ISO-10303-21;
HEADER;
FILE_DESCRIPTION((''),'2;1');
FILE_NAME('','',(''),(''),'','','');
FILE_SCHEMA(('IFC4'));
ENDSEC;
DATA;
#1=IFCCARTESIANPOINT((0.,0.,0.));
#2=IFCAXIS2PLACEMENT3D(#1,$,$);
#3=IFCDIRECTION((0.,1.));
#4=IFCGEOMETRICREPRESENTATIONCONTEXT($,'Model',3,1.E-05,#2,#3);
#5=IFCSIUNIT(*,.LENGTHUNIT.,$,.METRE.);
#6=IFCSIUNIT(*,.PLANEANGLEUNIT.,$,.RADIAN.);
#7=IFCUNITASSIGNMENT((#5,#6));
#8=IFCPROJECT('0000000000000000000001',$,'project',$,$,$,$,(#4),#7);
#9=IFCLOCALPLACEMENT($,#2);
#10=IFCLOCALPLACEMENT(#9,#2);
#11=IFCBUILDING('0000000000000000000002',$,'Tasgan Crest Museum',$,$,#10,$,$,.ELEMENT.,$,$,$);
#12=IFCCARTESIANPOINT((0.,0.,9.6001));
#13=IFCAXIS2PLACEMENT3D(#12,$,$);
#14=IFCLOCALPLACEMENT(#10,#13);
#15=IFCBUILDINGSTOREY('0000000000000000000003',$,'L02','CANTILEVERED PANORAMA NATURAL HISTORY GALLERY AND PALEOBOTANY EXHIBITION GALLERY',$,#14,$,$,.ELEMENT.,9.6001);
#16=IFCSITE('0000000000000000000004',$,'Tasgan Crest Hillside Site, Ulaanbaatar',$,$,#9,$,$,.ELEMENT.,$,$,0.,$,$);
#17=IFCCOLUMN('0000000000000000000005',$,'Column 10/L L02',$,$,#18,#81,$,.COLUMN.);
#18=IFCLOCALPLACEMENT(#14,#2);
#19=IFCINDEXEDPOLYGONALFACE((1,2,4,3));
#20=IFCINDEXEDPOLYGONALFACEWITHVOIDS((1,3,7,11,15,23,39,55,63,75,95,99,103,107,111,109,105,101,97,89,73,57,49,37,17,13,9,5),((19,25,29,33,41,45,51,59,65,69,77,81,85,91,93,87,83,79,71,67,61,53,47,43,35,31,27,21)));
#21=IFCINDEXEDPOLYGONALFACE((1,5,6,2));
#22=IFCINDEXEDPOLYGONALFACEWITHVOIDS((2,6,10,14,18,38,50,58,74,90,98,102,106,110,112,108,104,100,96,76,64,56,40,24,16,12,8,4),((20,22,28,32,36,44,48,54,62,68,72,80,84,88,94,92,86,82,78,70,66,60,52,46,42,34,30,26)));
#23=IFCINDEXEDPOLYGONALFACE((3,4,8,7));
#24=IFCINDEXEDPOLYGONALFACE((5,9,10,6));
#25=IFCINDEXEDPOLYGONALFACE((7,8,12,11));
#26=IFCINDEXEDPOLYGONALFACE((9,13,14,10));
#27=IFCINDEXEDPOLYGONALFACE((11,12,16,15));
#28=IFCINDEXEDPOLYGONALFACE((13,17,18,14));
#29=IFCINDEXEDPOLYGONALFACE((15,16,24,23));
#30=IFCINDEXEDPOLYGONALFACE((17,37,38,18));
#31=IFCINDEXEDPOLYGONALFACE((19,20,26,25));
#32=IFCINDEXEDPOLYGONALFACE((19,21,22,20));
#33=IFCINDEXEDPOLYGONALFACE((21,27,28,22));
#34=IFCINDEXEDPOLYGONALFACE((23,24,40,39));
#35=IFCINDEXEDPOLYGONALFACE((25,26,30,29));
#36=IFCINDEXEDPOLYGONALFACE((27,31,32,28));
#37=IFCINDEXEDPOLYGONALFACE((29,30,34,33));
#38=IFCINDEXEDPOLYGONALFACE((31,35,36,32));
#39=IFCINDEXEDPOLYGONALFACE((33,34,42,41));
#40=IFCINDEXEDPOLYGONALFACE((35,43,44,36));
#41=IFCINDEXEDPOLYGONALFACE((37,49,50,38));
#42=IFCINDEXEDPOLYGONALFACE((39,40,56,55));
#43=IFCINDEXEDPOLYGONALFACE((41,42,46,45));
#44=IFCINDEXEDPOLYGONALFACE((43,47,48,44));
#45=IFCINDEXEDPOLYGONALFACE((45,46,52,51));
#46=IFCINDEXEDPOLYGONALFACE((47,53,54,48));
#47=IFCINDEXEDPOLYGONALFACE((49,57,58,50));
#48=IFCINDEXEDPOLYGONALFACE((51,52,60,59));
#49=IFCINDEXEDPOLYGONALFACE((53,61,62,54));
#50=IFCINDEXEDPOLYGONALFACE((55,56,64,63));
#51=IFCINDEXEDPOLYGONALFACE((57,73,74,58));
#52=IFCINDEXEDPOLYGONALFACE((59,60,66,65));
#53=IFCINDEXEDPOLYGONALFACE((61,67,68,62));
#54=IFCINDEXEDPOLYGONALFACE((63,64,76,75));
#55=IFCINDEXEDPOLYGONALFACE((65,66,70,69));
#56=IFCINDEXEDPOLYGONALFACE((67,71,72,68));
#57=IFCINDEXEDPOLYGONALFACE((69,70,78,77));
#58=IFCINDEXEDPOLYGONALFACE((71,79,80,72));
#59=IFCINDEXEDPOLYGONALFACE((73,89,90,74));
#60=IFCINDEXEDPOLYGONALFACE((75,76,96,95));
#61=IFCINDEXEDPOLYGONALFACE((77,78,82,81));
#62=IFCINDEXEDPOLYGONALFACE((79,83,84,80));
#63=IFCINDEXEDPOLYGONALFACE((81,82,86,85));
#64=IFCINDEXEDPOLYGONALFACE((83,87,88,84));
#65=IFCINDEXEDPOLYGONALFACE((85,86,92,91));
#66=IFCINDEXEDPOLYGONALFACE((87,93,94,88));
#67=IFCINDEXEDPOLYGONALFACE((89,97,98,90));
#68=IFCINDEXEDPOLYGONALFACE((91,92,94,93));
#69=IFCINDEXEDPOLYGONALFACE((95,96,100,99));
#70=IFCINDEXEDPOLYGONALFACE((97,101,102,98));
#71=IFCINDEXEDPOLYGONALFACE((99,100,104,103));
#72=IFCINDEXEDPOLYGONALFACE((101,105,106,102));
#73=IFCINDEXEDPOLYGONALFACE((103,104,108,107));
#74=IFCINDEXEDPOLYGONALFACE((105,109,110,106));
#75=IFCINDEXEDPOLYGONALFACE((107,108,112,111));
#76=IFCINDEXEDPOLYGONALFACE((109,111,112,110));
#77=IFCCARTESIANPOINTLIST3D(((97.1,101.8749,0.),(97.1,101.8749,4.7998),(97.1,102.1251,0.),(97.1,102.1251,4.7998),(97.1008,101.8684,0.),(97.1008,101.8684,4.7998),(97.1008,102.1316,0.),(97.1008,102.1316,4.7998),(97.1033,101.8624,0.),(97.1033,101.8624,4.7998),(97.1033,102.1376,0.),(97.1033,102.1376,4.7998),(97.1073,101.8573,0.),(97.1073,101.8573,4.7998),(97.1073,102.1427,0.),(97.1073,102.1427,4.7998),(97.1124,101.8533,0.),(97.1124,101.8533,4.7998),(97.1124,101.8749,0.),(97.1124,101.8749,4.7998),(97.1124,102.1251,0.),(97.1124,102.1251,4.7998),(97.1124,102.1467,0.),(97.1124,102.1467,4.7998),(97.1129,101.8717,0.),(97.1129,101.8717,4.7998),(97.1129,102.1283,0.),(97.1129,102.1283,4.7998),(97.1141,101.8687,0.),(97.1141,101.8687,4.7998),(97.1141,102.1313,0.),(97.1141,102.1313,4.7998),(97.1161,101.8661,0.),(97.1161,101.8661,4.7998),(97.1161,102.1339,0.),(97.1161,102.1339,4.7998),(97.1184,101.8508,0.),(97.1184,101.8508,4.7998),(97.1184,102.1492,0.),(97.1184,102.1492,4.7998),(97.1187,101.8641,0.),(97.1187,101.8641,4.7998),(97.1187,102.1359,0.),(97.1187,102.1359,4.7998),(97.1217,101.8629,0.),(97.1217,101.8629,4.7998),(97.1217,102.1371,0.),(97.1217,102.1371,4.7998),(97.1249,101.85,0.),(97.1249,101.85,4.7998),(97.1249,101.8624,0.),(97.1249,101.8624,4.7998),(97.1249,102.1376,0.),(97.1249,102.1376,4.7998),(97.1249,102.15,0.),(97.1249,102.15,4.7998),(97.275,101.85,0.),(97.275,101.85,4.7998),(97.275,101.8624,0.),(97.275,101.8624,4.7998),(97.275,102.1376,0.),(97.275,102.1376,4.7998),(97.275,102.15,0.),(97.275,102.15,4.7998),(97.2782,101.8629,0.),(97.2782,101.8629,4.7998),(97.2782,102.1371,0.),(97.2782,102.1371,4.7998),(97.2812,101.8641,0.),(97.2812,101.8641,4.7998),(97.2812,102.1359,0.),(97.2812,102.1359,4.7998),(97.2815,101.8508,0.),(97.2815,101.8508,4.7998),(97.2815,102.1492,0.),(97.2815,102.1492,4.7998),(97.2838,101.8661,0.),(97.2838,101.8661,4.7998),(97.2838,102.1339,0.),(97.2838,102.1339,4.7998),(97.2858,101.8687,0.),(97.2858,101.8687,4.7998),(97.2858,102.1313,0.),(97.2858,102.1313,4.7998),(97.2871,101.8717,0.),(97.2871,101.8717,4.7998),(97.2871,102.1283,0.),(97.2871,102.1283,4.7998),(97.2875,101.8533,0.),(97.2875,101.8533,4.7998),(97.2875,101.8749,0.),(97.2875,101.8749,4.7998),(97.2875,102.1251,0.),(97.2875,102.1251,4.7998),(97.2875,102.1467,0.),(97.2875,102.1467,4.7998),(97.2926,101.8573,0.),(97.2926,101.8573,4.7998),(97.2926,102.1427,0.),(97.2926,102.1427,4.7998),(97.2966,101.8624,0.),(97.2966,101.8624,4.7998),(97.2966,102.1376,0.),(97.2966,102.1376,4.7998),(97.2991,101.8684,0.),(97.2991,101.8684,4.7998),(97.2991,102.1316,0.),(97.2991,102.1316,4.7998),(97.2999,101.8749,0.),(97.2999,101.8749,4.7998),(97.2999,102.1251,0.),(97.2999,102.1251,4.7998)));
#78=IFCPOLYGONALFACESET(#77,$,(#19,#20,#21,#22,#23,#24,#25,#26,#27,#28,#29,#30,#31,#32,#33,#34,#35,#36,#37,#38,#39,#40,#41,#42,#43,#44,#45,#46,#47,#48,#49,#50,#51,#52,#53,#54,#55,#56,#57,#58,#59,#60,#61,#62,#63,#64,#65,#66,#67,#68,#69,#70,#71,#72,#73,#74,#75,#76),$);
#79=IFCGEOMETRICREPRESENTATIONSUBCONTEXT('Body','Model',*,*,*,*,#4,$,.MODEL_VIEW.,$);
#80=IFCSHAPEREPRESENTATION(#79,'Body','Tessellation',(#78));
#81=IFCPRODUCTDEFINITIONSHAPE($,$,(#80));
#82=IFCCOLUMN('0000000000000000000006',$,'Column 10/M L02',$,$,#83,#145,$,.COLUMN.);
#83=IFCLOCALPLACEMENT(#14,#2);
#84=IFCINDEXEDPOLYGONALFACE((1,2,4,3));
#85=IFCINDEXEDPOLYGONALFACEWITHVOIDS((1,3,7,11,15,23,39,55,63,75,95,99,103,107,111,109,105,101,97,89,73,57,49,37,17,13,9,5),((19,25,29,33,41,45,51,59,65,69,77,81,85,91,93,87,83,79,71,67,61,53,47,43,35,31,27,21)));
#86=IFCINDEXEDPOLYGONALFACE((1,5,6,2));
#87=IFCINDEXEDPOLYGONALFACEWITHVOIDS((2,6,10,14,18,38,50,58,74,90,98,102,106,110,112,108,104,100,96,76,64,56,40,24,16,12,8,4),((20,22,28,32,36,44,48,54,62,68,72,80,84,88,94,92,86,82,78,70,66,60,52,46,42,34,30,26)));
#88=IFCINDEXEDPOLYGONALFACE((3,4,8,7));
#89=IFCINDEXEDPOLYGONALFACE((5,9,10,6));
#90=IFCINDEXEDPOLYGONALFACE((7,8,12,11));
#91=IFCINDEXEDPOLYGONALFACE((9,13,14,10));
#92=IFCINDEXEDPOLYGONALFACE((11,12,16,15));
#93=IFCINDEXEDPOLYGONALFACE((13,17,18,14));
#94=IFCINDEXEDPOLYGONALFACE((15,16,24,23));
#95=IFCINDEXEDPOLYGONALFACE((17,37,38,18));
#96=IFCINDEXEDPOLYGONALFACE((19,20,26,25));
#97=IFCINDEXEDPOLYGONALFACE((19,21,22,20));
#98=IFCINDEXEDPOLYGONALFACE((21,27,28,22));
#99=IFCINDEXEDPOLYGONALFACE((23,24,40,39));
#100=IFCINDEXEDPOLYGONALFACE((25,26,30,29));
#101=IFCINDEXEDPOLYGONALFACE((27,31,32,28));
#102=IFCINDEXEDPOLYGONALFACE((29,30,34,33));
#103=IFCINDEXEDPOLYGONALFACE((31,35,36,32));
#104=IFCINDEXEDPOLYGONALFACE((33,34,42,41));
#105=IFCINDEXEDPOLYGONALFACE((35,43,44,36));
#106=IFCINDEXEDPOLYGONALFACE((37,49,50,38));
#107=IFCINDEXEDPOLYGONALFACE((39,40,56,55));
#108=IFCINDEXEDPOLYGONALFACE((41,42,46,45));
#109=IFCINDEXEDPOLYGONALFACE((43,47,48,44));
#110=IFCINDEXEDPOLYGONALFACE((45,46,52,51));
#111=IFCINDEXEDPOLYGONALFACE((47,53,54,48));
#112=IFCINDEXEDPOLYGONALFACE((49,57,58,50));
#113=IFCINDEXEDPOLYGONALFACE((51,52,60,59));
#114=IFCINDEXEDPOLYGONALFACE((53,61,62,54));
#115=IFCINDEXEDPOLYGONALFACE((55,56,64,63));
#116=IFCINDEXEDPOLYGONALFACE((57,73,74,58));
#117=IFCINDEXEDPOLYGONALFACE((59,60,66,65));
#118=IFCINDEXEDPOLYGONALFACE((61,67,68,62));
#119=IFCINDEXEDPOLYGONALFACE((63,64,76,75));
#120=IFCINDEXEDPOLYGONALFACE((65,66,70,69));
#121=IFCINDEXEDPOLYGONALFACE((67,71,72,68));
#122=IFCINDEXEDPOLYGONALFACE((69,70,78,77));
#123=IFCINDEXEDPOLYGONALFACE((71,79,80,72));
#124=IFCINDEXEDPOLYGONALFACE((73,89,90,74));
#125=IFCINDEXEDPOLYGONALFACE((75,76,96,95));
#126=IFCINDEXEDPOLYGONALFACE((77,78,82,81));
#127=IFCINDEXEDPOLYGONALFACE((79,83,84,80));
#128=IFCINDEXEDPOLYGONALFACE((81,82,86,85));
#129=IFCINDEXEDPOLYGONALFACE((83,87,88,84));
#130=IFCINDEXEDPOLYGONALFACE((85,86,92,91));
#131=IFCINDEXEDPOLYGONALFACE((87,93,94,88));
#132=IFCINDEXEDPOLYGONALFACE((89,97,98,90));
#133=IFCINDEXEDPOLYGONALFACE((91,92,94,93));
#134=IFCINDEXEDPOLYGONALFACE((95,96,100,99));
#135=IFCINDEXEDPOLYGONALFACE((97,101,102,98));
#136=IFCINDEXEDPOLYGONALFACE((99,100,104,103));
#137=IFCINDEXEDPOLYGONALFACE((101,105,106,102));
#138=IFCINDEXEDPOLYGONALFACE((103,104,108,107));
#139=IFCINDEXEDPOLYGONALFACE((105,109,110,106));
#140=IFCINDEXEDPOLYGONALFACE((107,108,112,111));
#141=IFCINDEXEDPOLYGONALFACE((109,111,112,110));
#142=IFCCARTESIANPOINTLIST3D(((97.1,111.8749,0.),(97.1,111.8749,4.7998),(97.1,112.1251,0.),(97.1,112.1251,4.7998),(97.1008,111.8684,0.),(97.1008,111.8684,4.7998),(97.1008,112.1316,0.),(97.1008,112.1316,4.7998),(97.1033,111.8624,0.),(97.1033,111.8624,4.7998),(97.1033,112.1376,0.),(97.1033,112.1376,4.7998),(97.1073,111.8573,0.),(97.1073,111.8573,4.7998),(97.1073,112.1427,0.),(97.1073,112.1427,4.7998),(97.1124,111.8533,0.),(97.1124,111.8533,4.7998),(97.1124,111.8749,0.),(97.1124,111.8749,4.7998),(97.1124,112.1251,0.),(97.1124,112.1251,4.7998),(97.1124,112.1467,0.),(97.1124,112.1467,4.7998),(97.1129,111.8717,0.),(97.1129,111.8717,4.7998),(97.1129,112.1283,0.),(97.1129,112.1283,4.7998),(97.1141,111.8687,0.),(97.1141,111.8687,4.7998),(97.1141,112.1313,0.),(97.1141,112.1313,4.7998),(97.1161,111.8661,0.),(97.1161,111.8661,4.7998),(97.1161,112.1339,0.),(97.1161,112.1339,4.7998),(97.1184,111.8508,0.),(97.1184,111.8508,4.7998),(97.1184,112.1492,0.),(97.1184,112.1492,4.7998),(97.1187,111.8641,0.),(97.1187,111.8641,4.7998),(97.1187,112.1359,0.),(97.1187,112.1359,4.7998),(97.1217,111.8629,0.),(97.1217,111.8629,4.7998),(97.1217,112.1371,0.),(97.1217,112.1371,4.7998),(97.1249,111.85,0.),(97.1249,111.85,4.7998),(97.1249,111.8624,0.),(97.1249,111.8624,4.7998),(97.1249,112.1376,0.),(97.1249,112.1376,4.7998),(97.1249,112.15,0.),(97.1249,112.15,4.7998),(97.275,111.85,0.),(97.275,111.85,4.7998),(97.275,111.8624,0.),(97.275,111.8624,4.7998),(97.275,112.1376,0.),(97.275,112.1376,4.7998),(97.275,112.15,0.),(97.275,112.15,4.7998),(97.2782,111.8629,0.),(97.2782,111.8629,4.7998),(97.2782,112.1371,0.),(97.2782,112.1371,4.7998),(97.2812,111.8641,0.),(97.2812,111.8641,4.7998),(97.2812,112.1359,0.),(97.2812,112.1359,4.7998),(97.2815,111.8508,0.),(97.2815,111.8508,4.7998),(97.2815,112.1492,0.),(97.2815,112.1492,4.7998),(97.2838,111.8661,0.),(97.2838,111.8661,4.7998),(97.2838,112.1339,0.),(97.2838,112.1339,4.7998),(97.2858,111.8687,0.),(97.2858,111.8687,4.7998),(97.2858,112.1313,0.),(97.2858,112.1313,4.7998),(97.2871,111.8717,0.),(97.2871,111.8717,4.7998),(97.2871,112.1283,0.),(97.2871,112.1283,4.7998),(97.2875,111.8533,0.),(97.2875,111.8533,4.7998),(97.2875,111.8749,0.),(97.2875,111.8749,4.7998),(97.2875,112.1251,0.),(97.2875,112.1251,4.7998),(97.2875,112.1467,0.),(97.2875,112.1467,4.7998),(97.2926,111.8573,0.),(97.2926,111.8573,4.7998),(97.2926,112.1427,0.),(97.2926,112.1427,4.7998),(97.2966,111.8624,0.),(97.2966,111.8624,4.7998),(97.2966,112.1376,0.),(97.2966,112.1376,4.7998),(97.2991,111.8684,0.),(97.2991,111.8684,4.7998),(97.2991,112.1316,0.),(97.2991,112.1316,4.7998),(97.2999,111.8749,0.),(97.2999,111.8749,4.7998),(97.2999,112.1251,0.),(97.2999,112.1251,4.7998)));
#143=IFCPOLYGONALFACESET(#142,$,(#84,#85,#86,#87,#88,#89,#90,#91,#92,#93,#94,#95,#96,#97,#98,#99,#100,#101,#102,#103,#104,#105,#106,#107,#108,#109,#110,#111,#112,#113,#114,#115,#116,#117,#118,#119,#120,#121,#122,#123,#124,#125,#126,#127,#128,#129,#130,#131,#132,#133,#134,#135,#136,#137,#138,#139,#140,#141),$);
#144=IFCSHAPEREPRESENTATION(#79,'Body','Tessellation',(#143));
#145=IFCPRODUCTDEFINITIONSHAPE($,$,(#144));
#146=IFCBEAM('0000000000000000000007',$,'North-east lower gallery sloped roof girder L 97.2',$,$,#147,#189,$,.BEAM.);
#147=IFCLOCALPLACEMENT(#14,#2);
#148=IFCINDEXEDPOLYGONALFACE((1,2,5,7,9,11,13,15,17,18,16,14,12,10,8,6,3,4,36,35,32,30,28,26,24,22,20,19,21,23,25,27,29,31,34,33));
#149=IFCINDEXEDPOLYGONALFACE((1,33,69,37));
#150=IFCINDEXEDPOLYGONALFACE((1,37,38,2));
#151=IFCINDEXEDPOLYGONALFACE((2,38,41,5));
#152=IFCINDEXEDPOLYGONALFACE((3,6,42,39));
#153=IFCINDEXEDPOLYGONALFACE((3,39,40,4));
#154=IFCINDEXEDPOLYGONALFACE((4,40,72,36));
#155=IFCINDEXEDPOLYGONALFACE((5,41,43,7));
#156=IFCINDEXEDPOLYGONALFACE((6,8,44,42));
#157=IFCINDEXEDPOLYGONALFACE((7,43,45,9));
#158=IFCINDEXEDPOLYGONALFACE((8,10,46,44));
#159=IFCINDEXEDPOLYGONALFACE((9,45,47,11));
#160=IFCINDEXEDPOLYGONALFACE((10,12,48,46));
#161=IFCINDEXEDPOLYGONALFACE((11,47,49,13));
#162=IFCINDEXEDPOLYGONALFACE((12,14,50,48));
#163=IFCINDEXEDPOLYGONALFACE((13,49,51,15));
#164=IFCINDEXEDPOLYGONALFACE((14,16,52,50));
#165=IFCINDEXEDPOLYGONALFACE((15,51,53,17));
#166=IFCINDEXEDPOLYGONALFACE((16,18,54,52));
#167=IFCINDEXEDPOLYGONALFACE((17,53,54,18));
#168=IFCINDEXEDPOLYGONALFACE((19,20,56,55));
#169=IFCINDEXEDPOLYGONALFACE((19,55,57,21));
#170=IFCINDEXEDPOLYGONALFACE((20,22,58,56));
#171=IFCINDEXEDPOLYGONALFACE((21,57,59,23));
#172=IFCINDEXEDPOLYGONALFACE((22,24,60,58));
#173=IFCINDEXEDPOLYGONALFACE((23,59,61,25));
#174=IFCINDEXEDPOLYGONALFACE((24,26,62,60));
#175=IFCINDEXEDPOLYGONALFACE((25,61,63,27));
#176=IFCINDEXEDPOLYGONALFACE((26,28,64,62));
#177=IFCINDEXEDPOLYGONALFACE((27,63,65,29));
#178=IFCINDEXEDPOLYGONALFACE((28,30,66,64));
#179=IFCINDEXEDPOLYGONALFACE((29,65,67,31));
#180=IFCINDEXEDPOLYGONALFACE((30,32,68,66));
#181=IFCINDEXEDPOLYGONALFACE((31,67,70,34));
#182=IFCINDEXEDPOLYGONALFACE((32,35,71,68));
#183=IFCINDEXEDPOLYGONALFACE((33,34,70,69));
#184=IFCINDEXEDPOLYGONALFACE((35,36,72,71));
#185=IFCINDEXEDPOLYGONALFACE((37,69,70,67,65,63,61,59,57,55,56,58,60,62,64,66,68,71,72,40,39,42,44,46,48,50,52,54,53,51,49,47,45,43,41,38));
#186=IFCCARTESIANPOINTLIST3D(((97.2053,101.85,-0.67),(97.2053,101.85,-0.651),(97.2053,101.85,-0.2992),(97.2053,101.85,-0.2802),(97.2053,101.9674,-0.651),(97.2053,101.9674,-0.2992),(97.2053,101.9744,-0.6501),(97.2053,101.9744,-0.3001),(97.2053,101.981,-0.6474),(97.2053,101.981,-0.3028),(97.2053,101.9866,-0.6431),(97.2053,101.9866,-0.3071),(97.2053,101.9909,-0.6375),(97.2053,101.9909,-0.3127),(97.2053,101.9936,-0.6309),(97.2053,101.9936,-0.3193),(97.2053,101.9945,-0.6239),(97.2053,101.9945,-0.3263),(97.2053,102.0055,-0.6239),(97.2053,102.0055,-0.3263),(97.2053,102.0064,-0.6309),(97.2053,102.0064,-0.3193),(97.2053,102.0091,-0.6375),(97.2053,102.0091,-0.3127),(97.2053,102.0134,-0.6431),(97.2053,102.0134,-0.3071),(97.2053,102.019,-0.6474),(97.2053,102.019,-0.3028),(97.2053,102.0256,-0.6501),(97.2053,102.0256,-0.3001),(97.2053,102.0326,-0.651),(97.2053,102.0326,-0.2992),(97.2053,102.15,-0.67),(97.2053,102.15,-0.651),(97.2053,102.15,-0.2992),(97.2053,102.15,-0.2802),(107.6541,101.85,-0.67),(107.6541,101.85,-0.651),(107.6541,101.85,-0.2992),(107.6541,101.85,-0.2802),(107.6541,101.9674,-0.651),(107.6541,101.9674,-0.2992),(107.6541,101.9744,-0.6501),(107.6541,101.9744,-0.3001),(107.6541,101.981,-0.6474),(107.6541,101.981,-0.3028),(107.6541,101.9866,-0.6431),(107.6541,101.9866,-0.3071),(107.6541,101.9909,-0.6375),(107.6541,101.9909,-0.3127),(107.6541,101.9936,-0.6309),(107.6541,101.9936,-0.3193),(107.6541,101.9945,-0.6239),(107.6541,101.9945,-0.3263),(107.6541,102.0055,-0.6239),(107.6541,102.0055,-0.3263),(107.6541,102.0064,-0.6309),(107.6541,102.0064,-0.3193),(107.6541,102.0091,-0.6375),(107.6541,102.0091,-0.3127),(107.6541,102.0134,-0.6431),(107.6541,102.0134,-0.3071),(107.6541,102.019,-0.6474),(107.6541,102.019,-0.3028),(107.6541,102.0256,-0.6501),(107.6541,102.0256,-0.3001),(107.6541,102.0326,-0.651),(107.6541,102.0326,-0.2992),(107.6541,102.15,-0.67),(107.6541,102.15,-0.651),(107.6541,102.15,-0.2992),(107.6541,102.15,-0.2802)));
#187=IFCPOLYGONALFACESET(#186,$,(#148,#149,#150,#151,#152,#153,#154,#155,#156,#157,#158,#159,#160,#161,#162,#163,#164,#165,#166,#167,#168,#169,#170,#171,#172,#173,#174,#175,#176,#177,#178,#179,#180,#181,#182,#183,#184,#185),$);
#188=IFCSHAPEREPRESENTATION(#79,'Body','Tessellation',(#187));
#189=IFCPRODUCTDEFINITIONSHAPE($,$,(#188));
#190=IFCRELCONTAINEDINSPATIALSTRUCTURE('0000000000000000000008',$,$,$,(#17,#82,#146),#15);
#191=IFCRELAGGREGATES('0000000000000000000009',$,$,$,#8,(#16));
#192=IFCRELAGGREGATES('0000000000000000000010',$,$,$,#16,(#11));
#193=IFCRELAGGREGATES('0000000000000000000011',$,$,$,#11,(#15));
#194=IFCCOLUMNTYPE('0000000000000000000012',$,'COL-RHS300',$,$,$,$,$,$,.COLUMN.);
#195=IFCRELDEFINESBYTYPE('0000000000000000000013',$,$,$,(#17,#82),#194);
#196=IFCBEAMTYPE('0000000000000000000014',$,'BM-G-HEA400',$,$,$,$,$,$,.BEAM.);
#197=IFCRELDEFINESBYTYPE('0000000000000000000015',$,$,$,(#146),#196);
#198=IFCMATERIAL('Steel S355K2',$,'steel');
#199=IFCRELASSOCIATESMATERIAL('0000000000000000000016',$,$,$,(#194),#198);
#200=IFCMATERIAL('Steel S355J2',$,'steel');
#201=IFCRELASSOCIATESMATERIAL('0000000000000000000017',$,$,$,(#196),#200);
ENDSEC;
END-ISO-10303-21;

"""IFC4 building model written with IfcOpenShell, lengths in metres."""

from ifc_helpers import new_model, si_unit, direction, frame, origin, origin_2d, place, context, subcontext, project, spatial, hollow_rectangle, i_section, extrude, material, material_profile, profile_set, type_object, element, save


model = new_model("IFC4")

# Units and contexts
model_context = context("Model", 3, precision=1e-05, world=origin(), true_north=direction((0.0, 1.0)))
body_context = subcontext(model_context, "Body", "Model", "MODEL_VIEW")
ifc_project = project(units=[si_unit("LENGTHUNIT", "METRE"), si_unit("PLANEANGLEUNIT", "RADIAN")], contexts=[model_context])

# Site, building, storey
site_placement = place(None, origin())
site = spatial("IfcSite", under=ifc_project, at=site_placement, Name="Tasgan Crest Hillside Site, Ulaanbaatar", CompositionType="ELEMENT", RefElevation=0.0)
building_placement = place(site_placement, origin())
building = spatial("IfcBuilding", under=site, at=building_placement, Name="Tasgan Crest Museum", CompositionType="ELEMENT")
storey_placement = place(building_placement, frame((0.0, 0.0, 9.6001)))
storey = spatial("IfcBuildingStorey", under=building, at=storey_placement, Name="L02", Description="CANTILEVERED PANORAMA NATURAL HISTORY GALLERY AND PALEOBOTANY EXHIBITION GALLERY", CompositionType="ELEMENT", Elevation=9.6001)

# Columns
ifc_material_1 = material(Name="Steel S355K2", Category="steel")
ifc_material_profile_1 = material_profile(ifc_material_1, hollow_rectangle(XDim=0.2, YDim=0.3, WallThickness=0.0125, InnerFilletRadius=0.0125, OuterFilletRadius=0.0249, at=origin_2d()), Name="RHS 300x200x12.5")
ifc_profile_set_1 = profile_set([ifc_material_profile_1], Name="Steel S355K2")
column_type = type_object("IfcColumnType", Name="COL-RHS300", PredefinedType="COLUMN", material=ifc_profile_set_1)
for number, where, z_axis, x_axis, name in (
    (1, (97.2, 102.0, 0.0), (0.0, 0.0, 1.0), (1.0, 0.0, 0.0), "Column 10/L L02"),
    (2, (97.2, 112.0, 0.0), (0.0, 0.0, 1.0), (1.0, 0.0, 0.0), "Column 10/M L02"),
):
    element("IfcColumn", number, at=place(storey_placement, frame(where, z_axis=z_axis, x_axis=x_axis)), inside=storey, type_object=column_type, Name=name, PredefinedType="COLUMN", context=body_context, shape_type="SweptSolid", body=[
        extrude(hollow_rectangle(XDim=0.2, YDim=0.3, WallThickness=0.0125, InnerFilletRadius=0.0125, OuterFilletRadius=0.0249, at=origin_2d()), origin(), (0.0, 0.0, 1.0), 4.7998),
    ])

# Beam
ifc_material_2 = material(Name="Steel S355J2", Category="steel")
ifc_material_profile_2 = material_profile(ifc_material_2, i_section(OverallWidth=0.3, OverallDepth=0.3899, WebThickness=0.011, FlangeThickness=0.019, FilletRadius=0.0271, at=origin_2d()), Name="HEA 400")
ifc_profile_set_2 = profile_set([ifc_material_profile_2], Name="Steel S355J2")
beam_type_1 = type_object("IfcBeamType", Name="BM-G-HEA400", PredefinedType="BEAM", material=ifc_profile_set_2)
for number, where, z_axis, x_axis, name in (
    (3, (97.2053, 102.0, -0.4751), (1.0, 0.0, 0.0), (0.0, 1.0, 0.0), "North-east lower gallery sloped roof girder L 97.2"),
):
    element("IfcBeam", number, at=place(storey_placement, frame(where, z_axis=z_axis, x_axis=x_axis)), inside=storey, type_object=beam_type_1, Name=name, PredefinedType="BEAM", context=body_context, shape_type="SweptSolid", body=[
        extrude(i_section(OverallWidth=0.3, OverallDepth=0.3899, WebThickness=0.011, FlangeThickness=0.019, FilletRadius=0.0271, at=origin_2d()), origin(), (0.0, 0.0, 1.0), 10.4487),
    ])

save(model, "model.ifc")
